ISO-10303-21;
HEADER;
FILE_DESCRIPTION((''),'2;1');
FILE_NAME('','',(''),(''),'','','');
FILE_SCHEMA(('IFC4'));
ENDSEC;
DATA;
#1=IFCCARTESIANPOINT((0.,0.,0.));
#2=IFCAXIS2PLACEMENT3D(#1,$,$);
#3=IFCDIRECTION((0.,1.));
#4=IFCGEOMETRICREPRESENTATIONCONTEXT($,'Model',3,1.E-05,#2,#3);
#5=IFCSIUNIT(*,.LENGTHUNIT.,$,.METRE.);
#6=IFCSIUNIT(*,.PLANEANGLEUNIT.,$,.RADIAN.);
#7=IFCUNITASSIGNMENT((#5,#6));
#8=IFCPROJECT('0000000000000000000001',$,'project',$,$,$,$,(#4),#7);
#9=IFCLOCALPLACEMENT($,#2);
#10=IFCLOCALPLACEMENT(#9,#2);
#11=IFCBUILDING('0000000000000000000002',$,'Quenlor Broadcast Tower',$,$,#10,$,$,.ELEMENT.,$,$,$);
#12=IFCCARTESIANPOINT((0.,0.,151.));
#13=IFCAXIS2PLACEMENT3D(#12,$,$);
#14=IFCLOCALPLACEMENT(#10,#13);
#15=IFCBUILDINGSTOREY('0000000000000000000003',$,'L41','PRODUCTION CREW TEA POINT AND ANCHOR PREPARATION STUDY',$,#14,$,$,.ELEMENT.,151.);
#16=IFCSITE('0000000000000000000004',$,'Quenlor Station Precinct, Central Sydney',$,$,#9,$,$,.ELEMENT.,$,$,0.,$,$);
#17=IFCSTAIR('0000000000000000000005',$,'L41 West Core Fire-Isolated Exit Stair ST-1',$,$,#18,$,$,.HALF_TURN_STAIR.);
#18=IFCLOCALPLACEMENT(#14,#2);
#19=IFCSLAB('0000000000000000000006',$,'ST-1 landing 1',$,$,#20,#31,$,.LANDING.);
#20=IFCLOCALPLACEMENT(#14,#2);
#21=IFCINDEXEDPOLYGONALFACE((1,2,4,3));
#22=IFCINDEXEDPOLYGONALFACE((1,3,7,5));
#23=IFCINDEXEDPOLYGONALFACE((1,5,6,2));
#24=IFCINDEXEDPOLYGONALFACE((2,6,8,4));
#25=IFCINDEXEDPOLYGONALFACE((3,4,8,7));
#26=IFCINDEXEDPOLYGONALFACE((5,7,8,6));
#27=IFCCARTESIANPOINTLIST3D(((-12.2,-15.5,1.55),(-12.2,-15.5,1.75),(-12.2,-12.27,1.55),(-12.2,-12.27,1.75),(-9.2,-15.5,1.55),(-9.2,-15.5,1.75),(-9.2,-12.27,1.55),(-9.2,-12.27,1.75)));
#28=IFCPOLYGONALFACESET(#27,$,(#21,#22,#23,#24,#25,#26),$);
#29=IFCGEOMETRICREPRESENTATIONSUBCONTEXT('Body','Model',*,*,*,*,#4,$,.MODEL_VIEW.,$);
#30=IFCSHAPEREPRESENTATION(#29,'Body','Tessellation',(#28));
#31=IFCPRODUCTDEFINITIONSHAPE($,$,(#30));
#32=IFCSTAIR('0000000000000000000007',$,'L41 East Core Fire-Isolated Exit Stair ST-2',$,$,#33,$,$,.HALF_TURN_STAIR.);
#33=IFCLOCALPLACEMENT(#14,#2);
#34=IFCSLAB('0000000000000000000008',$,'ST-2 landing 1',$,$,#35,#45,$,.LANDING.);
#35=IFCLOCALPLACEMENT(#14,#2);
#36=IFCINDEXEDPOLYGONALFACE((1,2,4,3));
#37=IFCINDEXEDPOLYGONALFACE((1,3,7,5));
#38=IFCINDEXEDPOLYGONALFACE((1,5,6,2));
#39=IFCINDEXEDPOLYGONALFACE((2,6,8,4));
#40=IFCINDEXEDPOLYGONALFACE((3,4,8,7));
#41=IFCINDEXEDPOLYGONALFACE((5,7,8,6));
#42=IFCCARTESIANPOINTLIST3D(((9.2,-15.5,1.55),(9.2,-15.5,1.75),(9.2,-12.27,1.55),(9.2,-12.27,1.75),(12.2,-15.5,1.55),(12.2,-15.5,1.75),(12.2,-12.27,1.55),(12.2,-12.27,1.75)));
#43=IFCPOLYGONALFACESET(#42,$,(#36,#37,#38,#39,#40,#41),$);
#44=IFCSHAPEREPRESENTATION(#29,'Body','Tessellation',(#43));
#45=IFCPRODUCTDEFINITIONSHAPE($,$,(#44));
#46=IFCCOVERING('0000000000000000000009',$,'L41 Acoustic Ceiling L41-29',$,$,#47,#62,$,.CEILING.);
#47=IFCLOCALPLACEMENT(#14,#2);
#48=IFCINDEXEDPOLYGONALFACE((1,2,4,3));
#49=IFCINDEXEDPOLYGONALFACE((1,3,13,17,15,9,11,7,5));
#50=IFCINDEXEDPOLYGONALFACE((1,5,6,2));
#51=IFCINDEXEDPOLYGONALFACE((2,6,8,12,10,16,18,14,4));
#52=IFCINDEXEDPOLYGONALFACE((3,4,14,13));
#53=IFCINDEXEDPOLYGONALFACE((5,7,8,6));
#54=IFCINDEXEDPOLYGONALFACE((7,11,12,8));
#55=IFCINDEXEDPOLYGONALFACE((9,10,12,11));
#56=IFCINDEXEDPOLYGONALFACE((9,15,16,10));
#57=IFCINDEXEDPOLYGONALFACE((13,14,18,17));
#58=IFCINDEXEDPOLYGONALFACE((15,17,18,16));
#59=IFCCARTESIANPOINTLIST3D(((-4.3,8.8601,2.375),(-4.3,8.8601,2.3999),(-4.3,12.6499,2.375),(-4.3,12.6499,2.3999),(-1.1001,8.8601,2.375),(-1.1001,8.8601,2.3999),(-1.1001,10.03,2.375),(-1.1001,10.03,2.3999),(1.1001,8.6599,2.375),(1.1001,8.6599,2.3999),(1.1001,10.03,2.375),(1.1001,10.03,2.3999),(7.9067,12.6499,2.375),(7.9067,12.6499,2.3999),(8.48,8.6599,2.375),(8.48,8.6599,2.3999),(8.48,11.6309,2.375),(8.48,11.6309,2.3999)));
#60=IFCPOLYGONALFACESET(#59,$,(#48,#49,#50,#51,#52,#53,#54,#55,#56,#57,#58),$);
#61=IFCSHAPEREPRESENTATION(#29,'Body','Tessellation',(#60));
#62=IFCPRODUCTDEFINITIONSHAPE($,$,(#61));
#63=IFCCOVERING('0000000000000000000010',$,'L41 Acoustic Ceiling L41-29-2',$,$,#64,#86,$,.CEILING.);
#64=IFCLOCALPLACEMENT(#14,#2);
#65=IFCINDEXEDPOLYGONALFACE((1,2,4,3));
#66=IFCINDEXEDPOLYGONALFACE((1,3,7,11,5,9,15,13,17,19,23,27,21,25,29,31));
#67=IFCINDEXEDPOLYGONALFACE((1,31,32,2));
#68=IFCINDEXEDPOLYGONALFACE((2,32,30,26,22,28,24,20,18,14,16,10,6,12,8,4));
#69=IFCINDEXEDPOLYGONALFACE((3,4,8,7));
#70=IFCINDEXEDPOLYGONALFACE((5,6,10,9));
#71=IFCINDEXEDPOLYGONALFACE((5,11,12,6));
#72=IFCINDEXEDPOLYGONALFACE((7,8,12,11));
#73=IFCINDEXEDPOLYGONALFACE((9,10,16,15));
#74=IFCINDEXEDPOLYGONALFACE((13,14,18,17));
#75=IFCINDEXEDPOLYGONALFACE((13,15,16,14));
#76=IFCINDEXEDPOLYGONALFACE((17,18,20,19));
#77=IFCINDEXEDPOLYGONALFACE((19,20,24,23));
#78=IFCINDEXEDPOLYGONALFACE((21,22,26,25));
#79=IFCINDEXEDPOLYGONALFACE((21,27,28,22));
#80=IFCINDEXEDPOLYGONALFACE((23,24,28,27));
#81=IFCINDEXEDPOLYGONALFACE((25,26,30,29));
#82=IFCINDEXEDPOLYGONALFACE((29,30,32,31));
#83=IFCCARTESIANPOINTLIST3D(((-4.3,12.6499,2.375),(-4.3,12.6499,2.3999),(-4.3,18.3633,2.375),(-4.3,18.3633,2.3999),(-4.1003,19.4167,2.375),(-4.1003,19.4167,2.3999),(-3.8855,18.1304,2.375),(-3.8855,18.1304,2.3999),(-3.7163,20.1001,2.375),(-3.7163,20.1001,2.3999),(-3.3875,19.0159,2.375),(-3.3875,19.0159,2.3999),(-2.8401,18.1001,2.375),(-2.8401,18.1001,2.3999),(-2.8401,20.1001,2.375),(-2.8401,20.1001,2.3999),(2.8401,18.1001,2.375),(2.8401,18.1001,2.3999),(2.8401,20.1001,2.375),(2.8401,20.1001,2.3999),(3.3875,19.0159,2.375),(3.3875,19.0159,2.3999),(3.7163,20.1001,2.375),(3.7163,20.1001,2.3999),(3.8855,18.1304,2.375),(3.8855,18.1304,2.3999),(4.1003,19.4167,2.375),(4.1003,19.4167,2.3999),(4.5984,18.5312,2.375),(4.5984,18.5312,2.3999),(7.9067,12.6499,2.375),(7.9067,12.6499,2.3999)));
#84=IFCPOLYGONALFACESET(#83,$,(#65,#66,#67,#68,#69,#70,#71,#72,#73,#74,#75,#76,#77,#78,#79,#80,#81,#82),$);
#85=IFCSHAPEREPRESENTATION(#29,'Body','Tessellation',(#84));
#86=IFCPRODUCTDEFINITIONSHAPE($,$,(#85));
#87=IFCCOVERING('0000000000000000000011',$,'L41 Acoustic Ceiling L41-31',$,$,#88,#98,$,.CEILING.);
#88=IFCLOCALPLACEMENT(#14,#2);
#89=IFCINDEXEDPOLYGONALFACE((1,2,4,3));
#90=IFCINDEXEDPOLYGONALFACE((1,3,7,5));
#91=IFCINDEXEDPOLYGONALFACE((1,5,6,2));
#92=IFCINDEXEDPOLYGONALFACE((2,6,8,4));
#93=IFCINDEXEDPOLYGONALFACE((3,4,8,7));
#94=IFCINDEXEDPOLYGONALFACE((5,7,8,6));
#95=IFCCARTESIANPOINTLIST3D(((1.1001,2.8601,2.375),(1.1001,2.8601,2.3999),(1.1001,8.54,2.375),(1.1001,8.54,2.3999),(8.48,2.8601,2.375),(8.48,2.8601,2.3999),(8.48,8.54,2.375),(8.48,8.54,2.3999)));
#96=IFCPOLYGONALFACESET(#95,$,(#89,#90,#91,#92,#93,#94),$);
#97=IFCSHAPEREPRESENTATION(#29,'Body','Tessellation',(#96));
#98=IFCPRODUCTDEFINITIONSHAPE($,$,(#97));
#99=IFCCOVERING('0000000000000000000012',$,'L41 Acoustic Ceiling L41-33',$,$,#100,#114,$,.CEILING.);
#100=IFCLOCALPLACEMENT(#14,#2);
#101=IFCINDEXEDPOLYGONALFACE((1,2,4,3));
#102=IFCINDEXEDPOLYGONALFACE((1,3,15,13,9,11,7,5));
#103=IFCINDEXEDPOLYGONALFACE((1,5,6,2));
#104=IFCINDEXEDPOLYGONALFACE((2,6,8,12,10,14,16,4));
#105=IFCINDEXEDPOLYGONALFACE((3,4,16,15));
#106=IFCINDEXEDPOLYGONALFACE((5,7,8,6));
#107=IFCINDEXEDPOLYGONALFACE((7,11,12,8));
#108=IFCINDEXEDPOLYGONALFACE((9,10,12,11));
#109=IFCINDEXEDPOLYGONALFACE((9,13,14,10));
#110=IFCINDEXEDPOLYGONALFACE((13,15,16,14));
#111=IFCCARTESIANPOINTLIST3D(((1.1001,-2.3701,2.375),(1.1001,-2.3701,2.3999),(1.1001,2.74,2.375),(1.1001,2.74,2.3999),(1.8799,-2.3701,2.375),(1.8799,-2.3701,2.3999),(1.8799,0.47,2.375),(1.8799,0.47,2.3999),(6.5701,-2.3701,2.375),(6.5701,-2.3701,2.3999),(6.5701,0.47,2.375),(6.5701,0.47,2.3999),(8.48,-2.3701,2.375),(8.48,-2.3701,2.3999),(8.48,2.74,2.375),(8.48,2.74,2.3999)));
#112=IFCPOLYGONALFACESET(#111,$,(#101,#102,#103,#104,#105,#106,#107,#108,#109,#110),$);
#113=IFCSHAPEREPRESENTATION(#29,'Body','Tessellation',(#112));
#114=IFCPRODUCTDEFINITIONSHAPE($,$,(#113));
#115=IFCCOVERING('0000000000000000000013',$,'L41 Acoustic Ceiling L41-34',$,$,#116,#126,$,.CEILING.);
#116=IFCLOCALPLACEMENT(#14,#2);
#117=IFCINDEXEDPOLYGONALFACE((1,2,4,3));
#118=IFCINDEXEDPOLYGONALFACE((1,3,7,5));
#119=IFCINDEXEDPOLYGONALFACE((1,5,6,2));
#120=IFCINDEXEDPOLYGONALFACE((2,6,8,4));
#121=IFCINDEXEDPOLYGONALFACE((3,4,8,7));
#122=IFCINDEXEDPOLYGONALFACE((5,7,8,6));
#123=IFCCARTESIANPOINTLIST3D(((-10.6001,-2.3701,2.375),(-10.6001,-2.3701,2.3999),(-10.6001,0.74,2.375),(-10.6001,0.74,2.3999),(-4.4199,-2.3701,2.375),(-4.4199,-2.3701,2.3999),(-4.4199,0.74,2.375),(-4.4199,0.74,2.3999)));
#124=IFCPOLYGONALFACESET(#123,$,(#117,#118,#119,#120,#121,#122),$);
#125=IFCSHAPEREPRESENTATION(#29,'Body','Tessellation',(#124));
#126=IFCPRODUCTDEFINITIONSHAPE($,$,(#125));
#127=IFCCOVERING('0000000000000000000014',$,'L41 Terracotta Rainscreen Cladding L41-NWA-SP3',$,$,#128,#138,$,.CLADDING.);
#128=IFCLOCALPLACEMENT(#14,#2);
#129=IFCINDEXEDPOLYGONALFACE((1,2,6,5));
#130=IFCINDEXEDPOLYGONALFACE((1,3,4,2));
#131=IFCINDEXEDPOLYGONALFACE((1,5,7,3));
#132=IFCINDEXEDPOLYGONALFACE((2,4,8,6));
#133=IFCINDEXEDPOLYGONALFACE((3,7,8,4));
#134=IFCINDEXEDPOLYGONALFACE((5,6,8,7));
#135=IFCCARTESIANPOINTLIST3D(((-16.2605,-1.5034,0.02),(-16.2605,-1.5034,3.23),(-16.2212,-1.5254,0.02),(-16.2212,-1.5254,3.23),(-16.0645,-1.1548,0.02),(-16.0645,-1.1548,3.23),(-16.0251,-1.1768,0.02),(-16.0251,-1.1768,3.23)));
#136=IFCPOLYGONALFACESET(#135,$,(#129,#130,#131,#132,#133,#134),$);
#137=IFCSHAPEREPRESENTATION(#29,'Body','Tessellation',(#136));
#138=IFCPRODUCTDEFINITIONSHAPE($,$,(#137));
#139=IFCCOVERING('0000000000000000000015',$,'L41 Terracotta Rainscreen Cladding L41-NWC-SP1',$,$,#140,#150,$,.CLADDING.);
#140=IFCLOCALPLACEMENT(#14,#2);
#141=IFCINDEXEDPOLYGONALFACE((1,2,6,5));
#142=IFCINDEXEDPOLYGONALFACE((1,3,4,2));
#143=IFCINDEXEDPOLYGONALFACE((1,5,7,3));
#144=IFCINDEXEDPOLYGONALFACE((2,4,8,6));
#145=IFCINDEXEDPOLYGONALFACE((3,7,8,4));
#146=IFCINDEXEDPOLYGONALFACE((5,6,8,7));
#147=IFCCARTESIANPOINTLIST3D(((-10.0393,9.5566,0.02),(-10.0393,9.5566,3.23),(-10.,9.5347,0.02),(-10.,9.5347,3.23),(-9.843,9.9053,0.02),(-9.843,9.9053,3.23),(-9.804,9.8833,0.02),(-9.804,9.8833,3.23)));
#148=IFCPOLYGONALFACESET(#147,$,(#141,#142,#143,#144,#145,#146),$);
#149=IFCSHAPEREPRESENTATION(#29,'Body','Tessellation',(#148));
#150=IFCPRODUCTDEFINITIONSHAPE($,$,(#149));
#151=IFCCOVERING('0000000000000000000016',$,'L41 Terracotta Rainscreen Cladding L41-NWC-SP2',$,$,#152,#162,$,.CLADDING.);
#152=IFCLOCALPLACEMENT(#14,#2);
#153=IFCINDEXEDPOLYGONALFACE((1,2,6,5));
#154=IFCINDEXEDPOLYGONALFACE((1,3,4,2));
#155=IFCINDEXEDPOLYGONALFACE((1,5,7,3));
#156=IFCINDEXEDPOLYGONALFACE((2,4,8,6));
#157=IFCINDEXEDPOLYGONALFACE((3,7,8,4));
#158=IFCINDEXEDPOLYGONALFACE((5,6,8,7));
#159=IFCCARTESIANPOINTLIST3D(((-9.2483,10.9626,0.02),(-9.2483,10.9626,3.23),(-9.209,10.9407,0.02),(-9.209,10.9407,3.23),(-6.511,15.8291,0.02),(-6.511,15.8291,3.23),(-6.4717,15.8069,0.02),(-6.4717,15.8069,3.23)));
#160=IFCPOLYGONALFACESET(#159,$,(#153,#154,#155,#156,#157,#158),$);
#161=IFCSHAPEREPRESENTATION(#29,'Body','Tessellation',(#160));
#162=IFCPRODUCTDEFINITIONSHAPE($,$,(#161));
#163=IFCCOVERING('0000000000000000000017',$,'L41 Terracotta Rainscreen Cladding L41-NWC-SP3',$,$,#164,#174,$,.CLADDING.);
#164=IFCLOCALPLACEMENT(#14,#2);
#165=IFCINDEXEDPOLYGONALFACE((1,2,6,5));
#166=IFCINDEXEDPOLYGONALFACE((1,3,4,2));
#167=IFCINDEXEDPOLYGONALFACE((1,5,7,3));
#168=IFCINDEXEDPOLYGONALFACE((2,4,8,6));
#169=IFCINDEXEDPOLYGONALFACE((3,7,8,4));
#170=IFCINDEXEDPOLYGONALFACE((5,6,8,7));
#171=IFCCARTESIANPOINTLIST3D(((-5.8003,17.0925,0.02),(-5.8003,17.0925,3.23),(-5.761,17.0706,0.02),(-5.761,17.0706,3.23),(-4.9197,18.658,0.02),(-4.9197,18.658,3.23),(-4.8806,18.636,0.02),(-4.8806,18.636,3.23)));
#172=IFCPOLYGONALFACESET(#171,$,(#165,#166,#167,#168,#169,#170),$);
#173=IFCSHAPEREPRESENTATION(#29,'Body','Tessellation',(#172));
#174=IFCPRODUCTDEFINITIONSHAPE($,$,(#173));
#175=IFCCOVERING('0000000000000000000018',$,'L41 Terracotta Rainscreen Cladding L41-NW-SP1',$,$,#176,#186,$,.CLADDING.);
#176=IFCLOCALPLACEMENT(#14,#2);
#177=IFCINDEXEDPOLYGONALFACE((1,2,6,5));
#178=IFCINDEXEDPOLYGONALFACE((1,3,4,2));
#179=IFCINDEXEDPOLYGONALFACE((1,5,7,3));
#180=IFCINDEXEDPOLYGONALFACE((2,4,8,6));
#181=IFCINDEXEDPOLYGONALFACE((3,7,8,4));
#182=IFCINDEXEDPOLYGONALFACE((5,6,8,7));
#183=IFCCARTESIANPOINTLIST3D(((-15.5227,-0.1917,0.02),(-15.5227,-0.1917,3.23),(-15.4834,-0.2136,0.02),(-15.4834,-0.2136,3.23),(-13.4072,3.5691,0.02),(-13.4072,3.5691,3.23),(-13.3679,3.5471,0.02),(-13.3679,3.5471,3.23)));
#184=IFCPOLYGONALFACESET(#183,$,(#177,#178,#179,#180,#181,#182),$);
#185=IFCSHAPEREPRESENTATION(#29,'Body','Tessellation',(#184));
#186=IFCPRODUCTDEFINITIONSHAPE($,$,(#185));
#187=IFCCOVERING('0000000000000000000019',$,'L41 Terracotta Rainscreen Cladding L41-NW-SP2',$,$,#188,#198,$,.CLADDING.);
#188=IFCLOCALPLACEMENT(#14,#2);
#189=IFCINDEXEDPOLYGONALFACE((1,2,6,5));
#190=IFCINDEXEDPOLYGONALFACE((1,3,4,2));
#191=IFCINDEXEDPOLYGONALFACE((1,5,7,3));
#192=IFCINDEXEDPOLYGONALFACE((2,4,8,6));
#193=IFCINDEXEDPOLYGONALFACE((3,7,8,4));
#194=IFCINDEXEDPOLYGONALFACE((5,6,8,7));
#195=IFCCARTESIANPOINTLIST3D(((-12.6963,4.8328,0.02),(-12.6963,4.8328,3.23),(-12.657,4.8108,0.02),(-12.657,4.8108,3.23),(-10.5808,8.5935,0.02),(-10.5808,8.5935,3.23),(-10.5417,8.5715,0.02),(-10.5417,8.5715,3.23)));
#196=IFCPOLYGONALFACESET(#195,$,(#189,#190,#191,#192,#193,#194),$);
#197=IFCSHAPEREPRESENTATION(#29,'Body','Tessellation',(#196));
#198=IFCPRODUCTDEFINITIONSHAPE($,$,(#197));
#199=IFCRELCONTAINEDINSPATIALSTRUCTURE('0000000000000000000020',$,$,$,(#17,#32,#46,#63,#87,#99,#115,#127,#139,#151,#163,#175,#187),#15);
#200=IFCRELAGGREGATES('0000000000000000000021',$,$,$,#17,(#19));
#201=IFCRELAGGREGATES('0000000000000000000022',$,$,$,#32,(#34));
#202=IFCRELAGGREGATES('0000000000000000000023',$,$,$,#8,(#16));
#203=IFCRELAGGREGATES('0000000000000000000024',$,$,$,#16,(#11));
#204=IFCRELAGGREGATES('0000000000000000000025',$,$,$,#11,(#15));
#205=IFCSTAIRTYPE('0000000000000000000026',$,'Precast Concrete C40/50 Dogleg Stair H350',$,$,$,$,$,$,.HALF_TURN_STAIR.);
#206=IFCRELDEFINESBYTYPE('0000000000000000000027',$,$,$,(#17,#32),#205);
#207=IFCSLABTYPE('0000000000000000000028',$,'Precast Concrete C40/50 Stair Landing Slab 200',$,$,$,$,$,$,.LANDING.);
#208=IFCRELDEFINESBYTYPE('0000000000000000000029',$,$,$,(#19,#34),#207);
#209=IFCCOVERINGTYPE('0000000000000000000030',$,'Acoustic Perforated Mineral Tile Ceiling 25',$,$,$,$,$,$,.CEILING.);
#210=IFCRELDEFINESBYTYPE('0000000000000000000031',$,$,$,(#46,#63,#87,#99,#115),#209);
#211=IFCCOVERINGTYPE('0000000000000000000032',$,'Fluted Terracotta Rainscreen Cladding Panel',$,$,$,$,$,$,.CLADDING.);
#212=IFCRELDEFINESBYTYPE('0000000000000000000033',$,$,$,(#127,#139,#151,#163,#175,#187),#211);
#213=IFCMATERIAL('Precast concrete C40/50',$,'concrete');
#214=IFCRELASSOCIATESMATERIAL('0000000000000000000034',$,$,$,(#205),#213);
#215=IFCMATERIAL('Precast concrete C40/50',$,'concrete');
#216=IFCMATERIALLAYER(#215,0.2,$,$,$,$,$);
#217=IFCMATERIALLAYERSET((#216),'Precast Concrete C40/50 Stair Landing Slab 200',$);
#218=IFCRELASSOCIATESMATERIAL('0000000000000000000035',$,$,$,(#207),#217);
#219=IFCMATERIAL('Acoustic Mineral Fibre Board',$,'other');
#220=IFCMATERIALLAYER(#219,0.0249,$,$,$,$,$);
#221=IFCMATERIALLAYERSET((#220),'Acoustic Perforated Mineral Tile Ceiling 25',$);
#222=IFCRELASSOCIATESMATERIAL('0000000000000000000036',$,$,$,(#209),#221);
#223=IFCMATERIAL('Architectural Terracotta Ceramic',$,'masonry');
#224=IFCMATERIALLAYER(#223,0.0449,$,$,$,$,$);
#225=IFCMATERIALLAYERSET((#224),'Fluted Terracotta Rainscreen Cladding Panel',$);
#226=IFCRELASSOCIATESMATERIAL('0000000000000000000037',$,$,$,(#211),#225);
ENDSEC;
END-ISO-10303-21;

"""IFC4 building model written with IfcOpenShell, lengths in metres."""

from ifc_helpers import new_model, si_unit, direction, frame, origin, place, context, subcontext, project, spatial, polyline, outline, extrude, material, layer, layer_set, type_object, element, aggregate, save


model = new_model("IFC4")

# Units and contexts
model_context = context("Model", 3, precision=1e-05, world=origin(), true_north=direction((0.0, 1.0)))
body_context = subcontext(model_context, "Body", "Model", "MODEL_VIEW")
ifc_project = project(units=[si_unit("LENGTHUNIT", "METRE"), si_unit("PLANEANGLEUNIT", "RADIAN")], contexts=[model_context])

# Site, building, storey
site_placement = place(None, origin())
site = spatial("IfcSite", under=ifc_project, at=site_placement, Name="Quenlor Station Precinct, Central Sydney", CompositionType="ELEMENT", RefElevation=0.0)
building_placement = place(site_placement, origin())
building = spatial("IfcBuilding", under=site, at=building_placement, Name="Quenlor Broadcast Tower", CompositionType="ELEMENT")
storey_placement = place(building_placement, frame((0.0, 0.0, 151.0)))
storey = spatial("IfcBuildingStorey", under=building, at=storey_placement, Name="L41", Description="PRODUCTION CREW TEA POINT AND ANCHOR PREPARATION STUDY", CompositionType="ELEMENT", Elevation=151.0)

# Stairs, slabs
ifc_material_1 = material(Name="Precast concrete C40/50", Category="concrete")
stair_type = type_object("IfcStairType", Name="Precast Concrete C40/50 Dogleg Stair H350", PredefinedType="HALF_TURN_STAIR", material=ifc_material_1)
stair_1_placement = place(storey_placement, origin())
stair_1 = element("IfcStair", 1, at=stair_1_placement, inside=storey, type_object=stair_type, Name="L41 West Core Fire-Isolated Exit Stair ST-1", PredefinedType="HALF_TURN_STAIR")
ifc_material_2 = material(Name="Precast concrete C40/50", Category="concrete")
ifc_layer_1 = layer(ifc_material_2, 0.2)
ifc_layer_set_1 = layer_set([ifc_layer_1], Name="Precast Concrete C40/50 Stair Landing Slab 200")
slab_type = type_object("IfcSlabType", Name="Precast Concrete C40/50 Stair Landing Slab 200", PredefinedType="LANDING", material=ifc_layer_set_1)
slab_1_placement = place(storey_placement, frame((0.0, 0.0, 1.55)))
slab_1 = element("IfcSlab", 2, at=slab_1_placement, type_object=slab_type, Name="ST-1 landing 1", PredefinedType="LANDING", context=body_context, shape_type="SweptSolid", body=[
    extrude(outline(polyline([(-12.2, -12.27), (-12.2, -15.5), (-9.2, -15.5), (-9.2, -12.27), (-12.2, -12.27)])), origin(), (0.0, 0.0, 1.0), 0.2),
])
aggregate(stair_1, [slab_1])
stair_2_placement = place(storey_placement, origin())
stair_2 = element("IfcStair", 3, at=stair_2_placement, inside=storey, type_object=stair_type, Name="L41 East Core Fire-Isolated Exit Stair ST-2", PredefinedType="HALF_TURN_STAIR")
slab_2_placement = place(storey_placement, frame((0.0, 0.0, 1.55)))
slab_2 = element("IfcSlab", 4, at=slab_2_placement, type_object=slab_type, Name="ST-2 landing 1", PredefinedType="LANDING", context=body_context, shape_type="SweptSolid", body=[
    extrude(outline(polyline([(9.2, -12.27), (9.2, -15.5), (12.2, -15.5), (12.2, -12.27), (9.2, -12.27)])), origin(), (0.0, 0.0, 1.0), 0.2),
])
aggregate(stair_2, [slab_2])

# Coverings
ifc_material_3 = material(Name="Acoustic Mineral Fibre Board", Category="other")
ifc_layer_2 = layer(ifc_material_3, 0.0249)
ifc_layer_set_2 = layer_set([ifc_layer_2], Name="Acoustic Perforated Mineral Tile Ceiling 25")
covering_type_1 = type_object("IfcCoveringType", Name="Acoustic Perforated Mineral Tile Ceiling 25", PredefinedType="CEILING", material=ifc_layer_set_2)
covering_1_placement = place(storey_placement, frame((0.0, 0.0, 2.375)))
element("IfcCovering", 5, at=covering_1_placement, inside=storey, type_object=covering_type_1, Name="L41 Acoustic Ceiling L41-29", PredefinedType="CEILING", context=body_context, shape_type="SweptSolid", body=[
    extrude(outline(polyline([(8.48, 11.6309), (8.48, 8.6599), (1.1001, 8.6599), (1.1001, 10.03), (-1.1001, 10.03), (-1.1001, 8.8601), (-4.3, 8.8601), (-4.3, 12.6499), (7.9067, 12.6499), (8.48, 11.6309)])), origin(), (0.0, 0.0, 1.0), 0.0249),
])
covering_2_placement = place(storey_placement, frame((0.0, 0.0, 2.375)))
element("IfcCovering", 6, at=covering_2_placement, inside=storey, type_object=covering_type_1, Name="L41 Acoustic Ceiling L41-29-2", PredefinedType="CEILING", context=body_context, shape_type="SweptSolid", body=[
    extrude(outline(polyline([(2.8401, 18.1001), (2.8401, 20.1001), (3.7163, 20.1001), (4.1003, 19.4167), (3.3875, 19.0159), (3.8855, 18.1304), (4.5984, 18.5312), (7.9067, 12.6499), (-4.3, 12.6499), (-4.3, 18.3633), (-3.8855, 18.1304), (-3.3875, 19.0159), (-4.1003, 19.4167), (-3.7163, 20.1001), (-2.8401, 20.1001), (-2.8401, 18.1001), (2.8401, 18.1001)])), origin(), (0.0, 0.0, 1.0), 0.0249),
])
covering_3_placement = place(storey_placement, frame((0.0, 0.0, 2.375)))
element("IfcCovering", 7, at=covering_3_placement, inside=storey, type_object=covering_type_1, Name="L41 Acoustic Ceiling L41-31", PredefinedType="CEILING", context=body_context, shape_type="SweptSolid", body=[
    extrude(outline(polyline([(1.1001, 2.8601), (1.1001, 8.54), (8.48, 8.54), (8.48, 2.8601), (1.1001, 2.8601)])), origin(), (0.0, 0.0, 1.0), 0.0249),
])
covering_4_placement = place(storey_placement, frame((0.0, 0.0, 2.375)))
element("IfcCovering", 8, at=covering_4_placement, inside=storey, type_object=covering_type_1, Name="L41 Acoustic Ceiling L41-33", PredefinedType="CEILING", context=body_context, shape_type="SweptSolid", body=[
    extrude(outline(polyline([(1.8799, -2.3701), (1.1001, -2.3701), (1.1001, 2.74), (8.48, 2.74), (8.48, -2.3701), (6.5701, -2.3701), (6.5701, 0.47), (1.8799, 0.47), (1.8799, -2.3701)])), origin(), (0.0, 0.0, 1.0), 0.0249),
])
covering_5_placement = place(storey_placement, frame((0.0, 0.0, 2.375)))
element("IfcCovering", 9, at=covering_5_placement, inside=storey, type_object=covering_type_1, Name="L41 Acoustic Ceiling L41-34", PredefinedType="CEILING", context=body_context, shape_type="SweptSolid", body=[
    extrude(outline(polyline([(-4.4199, -2.3701), (-10.6001, -2.3701), (-10.6001, 0.74), (-4.4199, 0.74), (-4.4199, -2.3701)])), origin(), (0.0, 0.0, 1.0), 0.0249),
])
ifc_material_4 = material(Name="Architectural Terracotta Ceramic", Category="masonry")
ifc_layer_3 = layer(ifc_material_4, 0.0449)
ifc_layer_set_3 = layer_set([ifc_layer_3], Name="Fluted Terracotta Rainscreen Cladding Panel")
covering_type_2 = type_object("IfcCoveringType", Name="Fluted Terracotta Rainscreen Cladding Panel", PredefinedType="CLADDING", material=ifc_layer_set_3)
covering_6_placement = place(storey_placement, frame((0.0, 0.0, 0.02)))
element("IfcCovering", 10, at=covering_6_placement, inside=storey, type_object=covering_type_2, Name="L41 Terracotta Rainscreen Cladding L41-NWA-SP3", PredefinedType="CLADDING", context=body_context, shape_type="SweptSolid", body=[
    extrude(outline(polyline([(-16.2212, -1.5254), (-16.0251, -1.1768), (-16.0645, -1.1548), (-16.2605, -1.5034), (-16.2212, -1.5254)])), origin(), (0.0, 0.0, 1.0), 3.21),
])
covering_7_placement = place(storey_placement, frame((0.0, 0.0, 0.02)))
element("IfcCovering", 11, at=covering_7_placement, inside=storey, type_object=covering_type_2, Name="L41 Terracotta Rainscreen Cladding L41-NWC-SP1", PredefinedType="CLADDING", context=body_context, shape_type="SweptSolid", body=[
    extrude(outline(polyline([(-10.0, 9.5347), (-9.804, 9.8833), (-9.843, 9.9053), (-10.0393, 9.5566), (-10.0, 9.5347)])), origin(), (0.0, 0.0, 1.0), 3.21),
])
covering_8_placement = place(storey_placement, frame((0.0, 0.0, 0.02)))
element("IfcCovering", 12, at=covering_8_placement, inside=storey, type_object=covering_type_2, Name="L41 Terracotta Rainscreen Cladding L41-NWC-SP2", PredefinedType="CLADDING", context=body_context, shape_type="SweptSolid", body=[
    extrude(outline(polyline([(-9.209, 10.9407), (-6.4717, 15.8069), (-6.511, 15.8291), (-9.2483, 10.9626), (-9.209, 10.9407)])), origin(), (0.0, 0.0, 1.0), 3.21),
])
covering_9_placement = place(storey_placement, frame((0.0, 0.0, 0.02)))
element("IfcCovering", 13, at=covering_9_placement, inside=storey, type_object=covering_type_2, Name="L41 Terracotta Rainscreen Cladding L41-NWC-SP3", PredefinedType="CLADDING", context=body_context, shape_type="SweptSolid", body=[
    extrude(outline(polyline([(-5.761, 17.0706), (-4.8806, 18.636), (-4.9197, 18.658), (-5.8003, 17.0925), (-5.761, 17.0706)])), origin(), (0.0, 0.0, 1.0), 3.21),
])
covering_10_placement = place(storey_placement, frame((0.0, 0.0, 0.02)))
element("IfcCovering", 14, at=covering_10_placement, inside=storey, type_object=covering_type_2, Name="L41 Terracotta Rainscreen Cladding L41-NW-SP1", PredefinedType="CLADDING", context=body_context, shape_type="SweptSolid", body=[
    extrude(outline(polyline([(-15.4834, -0.2136), (-13.3679, 3.5471), (-13.4072, 3.5691), (-15.5227, -0.1917), (-15.4834, -0.2136)])), origin(), (0.0, 0.0, 1.0), 3.21),
])
covering_11_placement = place(storey_placement, frame((0.0, 0.0, 0.02)))
element("IfcCovering", 15, at=covering_11_placement, inside=storey, type_object=covering_type_2, Name="L41 Terracotta Rainscreen Cladding L41-NW-SP2", PredefinedType="CLADDING", context=body_context, shape_type="SweptSolid", body=[
    extrude(outline(polyline([(-12.657, 4.8108), (-10.5417, 8.5715), (-10.5808, 8.5935), (-12.6963, 4.8328), (-12.657, 4.8108)])), origin(), (0.0, 0.0, 1.0), 3.21),
])

save(model, "model.ifc")
